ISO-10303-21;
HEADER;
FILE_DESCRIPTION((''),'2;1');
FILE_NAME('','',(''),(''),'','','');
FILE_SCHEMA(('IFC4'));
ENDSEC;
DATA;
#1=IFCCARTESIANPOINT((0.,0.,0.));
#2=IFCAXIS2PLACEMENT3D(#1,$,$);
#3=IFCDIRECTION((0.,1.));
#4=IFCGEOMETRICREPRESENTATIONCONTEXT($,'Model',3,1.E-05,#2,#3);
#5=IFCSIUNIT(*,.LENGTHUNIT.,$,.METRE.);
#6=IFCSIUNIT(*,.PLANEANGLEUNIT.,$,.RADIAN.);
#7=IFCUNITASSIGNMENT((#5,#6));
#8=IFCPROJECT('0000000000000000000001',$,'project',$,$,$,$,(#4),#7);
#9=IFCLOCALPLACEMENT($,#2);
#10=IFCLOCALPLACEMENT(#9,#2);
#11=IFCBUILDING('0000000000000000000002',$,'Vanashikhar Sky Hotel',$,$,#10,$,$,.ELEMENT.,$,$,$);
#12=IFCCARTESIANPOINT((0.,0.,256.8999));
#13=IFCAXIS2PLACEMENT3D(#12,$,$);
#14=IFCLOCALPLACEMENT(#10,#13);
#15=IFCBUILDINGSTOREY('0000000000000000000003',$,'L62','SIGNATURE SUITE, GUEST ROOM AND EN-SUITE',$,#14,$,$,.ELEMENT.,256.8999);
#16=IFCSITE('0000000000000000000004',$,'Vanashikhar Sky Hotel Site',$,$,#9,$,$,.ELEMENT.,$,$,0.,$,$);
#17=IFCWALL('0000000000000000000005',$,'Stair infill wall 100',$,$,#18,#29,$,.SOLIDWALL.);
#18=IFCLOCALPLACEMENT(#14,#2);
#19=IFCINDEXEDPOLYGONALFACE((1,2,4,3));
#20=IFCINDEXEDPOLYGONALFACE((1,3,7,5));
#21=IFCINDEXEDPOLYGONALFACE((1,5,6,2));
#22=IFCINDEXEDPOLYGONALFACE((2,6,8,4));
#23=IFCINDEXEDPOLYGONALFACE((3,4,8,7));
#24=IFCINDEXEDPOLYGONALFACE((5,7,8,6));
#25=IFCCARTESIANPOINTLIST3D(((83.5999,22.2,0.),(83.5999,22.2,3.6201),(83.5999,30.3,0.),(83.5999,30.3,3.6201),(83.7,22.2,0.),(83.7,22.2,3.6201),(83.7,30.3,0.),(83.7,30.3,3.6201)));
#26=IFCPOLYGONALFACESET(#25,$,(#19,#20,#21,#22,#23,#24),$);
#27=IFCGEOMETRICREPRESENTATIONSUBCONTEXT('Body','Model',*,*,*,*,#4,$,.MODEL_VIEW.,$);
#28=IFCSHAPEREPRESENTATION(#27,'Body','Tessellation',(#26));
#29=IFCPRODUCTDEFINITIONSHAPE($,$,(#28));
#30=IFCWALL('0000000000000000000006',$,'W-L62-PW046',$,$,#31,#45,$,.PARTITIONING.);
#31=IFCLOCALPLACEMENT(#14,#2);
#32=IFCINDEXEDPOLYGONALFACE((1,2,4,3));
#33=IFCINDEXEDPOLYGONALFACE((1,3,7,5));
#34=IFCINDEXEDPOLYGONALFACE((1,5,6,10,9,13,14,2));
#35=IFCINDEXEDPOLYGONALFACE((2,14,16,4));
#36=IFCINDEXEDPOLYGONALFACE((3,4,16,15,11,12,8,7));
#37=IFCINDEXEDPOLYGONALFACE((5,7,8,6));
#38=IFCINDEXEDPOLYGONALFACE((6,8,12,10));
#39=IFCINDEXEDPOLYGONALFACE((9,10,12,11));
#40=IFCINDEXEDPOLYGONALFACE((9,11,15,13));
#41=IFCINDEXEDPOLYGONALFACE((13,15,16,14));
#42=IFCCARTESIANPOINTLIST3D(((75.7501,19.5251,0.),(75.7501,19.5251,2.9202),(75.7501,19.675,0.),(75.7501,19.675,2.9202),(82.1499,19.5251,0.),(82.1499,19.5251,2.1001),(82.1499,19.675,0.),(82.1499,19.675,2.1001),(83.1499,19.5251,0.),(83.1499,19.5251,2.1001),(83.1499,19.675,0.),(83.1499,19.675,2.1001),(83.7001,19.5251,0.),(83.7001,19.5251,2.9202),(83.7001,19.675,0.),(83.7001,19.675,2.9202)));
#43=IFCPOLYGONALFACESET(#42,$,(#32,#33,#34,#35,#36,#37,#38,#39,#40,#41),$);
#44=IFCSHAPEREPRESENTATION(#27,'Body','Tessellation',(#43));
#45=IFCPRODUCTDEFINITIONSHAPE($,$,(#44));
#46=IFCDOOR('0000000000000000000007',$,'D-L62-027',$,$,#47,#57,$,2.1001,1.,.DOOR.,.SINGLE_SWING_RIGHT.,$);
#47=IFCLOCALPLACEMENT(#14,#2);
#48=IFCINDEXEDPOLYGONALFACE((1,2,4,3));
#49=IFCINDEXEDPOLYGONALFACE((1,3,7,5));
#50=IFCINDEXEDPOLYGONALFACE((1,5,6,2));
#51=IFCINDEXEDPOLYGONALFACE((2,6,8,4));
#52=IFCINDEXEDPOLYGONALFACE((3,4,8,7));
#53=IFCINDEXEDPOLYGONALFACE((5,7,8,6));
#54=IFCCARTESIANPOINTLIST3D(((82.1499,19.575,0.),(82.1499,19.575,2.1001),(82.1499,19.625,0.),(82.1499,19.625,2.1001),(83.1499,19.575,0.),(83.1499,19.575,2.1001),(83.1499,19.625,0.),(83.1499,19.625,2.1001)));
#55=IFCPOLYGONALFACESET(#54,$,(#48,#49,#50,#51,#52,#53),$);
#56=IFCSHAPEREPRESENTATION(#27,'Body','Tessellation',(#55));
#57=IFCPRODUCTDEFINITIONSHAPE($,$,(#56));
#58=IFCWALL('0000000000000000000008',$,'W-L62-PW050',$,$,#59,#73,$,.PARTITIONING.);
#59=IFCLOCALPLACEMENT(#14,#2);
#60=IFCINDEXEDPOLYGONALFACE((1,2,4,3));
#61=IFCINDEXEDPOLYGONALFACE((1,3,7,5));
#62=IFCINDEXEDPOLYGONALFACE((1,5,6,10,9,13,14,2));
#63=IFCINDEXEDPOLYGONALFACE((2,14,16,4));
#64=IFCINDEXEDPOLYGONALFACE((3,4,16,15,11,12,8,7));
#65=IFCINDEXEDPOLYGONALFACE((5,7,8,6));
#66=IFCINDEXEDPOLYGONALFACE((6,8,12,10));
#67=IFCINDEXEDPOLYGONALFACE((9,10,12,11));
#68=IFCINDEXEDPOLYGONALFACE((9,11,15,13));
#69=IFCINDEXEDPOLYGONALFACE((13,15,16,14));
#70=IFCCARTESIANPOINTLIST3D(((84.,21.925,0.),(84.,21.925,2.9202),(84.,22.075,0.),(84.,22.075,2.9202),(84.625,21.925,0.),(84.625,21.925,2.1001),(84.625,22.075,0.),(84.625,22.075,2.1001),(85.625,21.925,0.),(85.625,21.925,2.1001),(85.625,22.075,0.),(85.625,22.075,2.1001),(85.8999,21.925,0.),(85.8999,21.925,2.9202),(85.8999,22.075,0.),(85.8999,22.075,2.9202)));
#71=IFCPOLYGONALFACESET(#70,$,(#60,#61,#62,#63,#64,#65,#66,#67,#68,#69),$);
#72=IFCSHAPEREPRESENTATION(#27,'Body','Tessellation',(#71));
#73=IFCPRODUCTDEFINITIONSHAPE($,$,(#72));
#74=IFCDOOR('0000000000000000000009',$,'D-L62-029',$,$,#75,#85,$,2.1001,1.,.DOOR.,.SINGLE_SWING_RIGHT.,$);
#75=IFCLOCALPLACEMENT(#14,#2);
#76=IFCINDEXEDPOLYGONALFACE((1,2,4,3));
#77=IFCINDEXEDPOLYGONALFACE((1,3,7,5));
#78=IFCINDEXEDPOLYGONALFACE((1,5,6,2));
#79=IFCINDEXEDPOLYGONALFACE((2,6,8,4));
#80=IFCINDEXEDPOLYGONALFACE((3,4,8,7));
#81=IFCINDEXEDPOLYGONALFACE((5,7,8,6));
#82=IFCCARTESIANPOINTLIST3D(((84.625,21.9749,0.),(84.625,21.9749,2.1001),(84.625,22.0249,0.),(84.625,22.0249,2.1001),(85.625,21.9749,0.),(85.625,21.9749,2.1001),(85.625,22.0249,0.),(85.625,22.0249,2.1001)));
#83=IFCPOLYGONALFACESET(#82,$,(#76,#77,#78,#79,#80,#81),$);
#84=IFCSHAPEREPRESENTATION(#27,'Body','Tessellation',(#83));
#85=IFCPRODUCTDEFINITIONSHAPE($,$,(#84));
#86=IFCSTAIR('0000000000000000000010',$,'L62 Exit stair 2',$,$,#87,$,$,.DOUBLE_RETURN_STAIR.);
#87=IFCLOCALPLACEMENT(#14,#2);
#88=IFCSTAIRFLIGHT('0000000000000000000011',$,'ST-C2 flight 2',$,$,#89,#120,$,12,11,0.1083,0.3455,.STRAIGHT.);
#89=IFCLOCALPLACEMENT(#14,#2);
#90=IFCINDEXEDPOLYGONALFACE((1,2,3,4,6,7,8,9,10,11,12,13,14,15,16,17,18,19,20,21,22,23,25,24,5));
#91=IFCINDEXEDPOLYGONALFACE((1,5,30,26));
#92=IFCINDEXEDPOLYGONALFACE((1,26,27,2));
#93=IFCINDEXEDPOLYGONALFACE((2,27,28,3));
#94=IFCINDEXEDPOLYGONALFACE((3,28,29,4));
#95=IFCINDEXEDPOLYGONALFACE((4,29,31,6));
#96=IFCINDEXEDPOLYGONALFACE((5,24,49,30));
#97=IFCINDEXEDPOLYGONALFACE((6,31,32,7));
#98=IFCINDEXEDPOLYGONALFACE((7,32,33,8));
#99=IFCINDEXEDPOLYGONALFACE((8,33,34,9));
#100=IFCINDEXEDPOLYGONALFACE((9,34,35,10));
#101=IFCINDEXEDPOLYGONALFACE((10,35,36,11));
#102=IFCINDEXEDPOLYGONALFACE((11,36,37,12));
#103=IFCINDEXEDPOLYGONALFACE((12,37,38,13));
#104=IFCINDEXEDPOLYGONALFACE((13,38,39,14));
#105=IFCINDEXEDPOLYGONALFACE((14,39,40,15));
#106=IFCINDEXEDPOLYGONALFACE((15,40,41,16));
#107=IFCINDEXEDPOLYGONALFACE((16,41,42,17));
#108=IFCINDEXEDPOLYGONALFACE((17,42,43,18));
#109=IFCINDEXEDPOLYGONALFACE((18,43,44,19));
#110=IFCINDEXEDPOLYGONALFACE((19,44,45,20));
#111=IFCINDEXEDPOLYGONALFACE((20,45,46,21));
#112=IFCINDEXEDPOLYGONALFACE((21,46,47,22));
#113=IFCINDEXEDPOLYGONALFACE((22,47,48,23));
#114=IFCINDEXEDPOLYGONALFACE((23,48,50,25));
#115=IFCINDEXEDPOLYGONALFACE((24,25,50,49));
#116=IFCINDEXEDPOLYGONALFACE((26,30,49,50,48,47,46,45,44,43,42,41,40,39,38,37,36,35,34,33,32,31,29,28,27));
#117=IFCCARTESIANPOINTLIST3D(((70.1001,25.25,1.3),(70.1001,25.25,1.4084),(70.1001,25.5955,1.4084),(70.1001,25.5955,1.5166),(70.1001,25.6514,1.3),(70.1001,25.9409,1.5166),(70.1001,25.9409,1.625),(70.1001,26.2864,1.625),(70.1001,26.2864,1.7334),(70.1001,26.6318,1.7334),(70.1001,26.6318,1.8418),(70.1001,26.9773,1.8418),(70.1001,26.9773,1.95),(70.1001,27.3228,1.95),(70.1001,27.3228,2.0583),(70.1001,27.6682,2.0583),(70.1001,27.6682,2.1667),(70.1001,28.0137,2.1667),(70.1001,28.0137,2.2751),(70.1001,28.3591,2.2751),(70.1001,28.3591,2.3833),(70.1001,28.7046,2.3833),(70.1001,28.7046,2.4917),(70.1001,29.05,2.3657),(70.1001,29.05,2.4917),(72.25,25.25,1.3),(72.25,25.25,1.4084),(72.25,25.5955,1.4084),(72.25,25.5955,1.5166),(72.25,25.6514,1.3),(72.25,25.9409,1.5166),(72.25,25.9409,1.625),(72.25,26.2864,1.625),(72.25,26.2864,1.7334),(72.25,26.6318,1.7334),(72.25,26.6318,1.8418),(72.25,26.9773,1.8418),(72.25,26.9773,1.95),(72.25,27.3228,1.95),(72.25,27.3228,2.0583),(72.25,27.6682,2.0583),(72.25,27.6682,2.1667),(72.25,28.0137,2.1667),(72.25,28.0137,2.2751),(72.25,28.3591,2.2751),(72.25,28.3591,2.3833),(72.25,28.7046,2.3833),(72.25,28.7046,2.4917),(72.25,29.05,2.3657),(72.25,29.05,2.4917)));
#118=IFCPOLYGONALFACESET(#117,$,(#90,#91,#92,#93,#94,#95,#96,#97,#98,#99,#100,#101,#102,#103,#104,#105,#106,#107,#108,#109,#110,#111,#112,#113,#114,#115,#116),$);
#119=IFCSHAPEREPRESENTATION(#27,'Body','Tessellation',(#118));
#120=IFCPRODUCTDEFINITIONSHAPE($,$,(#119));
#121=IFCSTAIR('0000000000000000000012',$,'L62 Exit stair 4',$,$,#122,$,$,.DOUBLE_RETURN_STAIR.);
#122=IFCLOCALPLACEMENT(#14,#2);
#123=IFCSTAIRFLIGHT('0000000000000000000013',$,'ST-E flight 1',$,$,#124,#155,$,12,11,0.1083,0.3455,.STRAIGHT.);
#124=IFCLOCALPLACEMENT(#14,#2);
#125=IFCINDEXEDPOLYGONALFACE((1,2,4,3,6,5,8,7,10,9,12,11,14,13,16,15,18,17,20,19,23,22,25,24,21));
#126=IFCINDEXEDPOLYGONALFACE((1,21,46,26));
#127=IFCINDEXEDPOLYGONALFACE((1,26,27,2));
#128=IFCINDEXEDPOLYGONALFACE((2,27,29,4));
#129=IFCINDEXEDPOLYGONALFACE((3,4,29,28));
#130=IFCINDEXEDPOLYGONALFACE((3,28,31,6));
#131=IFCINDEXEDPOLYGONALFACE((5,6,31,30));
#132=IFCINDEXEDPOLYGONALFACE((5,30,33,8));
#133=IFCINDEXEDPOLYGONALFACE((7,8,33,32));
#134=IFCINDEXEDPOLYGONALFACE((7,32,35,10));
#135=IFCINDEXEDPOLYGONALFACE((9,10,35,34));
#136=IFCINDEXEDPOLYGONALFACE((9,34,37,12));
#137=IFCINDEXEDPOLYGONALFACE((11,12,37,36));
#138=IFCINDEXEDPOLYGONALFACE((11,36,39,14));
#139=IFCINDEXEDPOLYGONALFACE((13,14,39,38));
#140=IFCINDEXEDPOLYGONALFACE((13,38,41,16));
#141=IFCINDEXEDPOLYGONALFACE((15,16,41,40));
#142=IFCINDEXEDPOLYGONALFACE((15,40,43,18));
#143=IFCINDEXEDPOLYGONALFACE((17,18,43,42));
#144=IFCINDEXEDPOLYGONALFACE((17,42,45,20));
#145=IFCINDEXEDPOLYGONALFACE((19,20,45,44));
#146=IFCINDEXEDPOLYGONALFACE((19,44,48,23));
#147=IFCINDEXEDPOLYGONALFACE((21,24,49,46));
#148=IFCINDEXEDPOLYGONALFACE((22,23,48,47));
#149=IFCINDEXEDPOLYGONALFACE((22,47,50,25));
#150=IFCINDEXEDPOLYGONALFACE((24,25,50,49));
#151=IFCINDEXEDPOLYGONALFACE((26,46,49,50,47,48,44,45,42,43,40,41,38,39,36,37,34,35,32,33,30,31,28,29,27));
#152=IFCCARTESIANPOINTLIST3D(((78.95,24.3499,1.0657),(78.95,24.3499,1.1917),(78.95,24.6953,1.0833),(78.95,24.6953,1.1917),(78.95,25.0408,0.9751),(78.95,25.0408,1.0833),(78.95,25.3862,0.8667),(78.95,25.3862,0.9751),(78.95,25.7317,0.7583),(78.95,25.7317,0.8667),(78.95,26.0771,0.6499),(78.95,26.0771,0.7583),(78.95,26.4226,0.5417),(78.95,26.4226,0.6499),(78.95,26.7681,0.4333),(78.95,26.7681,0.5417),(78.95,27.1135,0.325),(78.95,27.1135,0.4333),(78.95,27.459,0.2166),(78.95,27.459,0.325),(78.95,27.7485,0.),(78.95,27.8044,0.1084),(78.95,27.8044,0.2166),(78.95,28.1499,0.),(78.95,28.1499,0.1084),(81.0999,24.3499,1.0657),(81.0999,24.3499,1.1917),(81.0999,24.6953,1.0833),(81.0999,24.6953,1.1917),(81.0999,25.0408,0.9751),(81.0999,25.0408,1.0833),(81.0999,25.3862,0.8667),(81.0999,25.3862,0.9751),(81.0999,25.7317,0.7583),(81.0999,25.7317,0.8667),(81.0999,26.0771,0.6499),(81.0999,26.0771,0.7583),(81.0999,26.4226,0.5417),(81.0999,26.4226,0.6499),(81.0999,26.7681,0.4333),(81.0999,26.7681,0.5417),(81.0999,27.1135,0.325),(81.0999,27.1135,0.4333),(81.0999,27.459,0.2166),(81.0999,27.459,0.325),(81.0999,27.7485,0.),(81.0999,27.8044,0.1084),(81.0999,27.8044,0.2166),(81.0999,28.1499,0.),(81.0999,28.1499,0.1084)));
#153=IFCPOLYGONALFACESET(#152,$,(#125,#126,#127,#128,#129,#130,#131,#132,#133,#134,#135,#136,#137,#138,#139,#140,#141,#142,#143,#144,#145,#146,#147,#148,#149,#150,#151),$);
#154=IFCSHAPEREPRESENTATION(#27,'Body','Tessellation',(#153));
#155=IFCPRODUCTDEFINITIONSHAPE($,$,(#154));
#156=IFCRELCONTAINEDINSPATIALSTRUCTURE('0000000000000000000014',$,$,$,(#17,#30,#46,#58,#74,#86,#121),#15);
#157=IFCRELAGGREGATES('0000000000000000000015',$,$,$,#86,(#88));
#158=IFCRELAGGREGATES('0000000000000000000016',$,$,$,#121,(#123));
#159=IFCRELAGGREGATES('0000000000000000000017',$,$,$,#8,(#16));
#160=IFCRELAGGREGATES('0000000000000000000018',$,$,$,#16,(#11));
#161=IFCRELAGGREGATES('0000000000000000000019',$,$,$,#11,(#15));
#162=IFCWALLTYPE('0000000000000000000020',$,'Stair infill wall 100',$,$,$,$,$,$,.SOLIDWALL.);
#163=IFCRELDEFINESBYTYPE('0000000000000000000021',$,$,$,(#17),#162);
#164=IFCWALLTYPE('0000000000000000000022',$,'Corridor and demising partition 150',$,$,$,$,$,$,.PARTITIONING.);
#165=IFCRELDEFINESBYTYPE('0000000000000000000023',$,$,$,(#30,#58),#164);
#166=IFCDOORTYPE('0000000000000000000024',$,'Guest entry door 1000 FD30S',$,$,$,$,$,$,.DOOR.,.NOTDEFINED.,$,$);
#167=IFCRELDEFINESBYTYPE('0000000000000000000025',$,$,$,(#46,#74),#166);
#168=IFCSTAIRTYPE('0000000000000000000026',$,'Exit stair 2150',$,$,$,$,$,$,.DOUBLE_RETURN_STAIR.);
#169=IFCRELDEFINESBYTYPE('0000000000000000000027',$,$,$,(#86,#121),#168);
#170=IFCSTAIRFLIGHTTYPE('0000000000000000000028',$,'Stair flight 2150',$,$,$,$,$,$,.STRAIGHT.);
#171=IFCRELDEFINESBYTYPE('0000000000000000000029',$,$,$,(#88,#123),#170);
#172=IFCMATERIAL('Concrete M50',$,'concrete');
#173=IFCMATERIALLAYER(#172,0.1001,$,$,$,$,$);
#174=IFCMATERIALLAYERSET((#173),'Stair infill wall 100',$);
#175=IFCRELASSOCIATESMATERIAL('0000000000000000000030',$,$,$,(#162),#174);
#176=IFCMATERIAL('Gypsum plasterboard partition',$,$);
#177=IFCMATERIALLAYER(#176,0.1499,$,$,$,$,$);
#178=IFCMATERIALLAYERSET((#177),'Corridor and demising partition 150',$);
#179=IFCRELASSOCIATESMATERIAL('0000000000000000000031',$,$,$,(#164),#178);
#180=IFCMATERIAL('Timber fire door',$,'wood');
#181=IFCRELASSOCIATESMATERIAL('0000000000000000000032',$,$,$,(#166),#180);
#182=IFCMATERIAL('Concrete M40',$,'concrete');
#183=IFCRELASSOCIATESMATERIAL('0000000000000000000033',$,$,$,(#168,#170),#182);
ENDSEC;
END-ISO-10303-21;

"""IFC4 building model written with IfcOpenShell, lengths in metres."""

from ifc_helpers import new_model, si_unit, direction, frame, frame_2d, origin, place, context, subcontext, project, spatial, polyline, rectangle, outline, extrude, source, transform, mapped, material, layer, layer_set, type_object, element, fill, aggregate, save


model = new_model("IFC4")

# Units and contexts
model_context = context("Model", 3, precision=1e-05, world=origin(), true_north=direction((0.0, 1.0)))
body_context = subcontext(model_context, "Body", "Model", "MODEL_VIEW")
ifc_project = project(units=[si_unit("LENGTHUNIT", "METRE"), si_unit("PLANEANGLEUNIT", "RADIAN")], contexts=[model_context])

# Site, building, storey
site_placement = place(None, origin())
site = spatial("IfcSite", under=ifc_project, at=site_placement, Name="Vanashikhar Sky Hotel Site", CompositionType="ELEMENT", RefElevation=0.0)
building_placement = place(site_placement, origin())
building = spatial("IfcBuilding", under=site, at=building_placement, Name="Vanashikhar Sky Hotel", CompositionType="ELEMENT")
storey_placement = place(building_placement, frame((0.0, 0.0, 256.8999)))
storey = spatial("IfcBuildingStorey", under=building, at=storey_placement, Name="L62", Description="SIGNATURE SUITE, GUEST ROOM AND EN-SUITE", CompositionType="ELEMENT", Elevation=256.8999)

# Shared definitions
ifc_material_1 = material(Name="Concrete M50", Category="concrete")

# Wall
ifc_layer_1 = layer(ifc_material_1, 0.1001)
ifc_layer_set_1 = layer_set([ifc_layer_1], Name="Stair infill wall 100")
wall_type_1 = type_object("IfcWallType", Name="Stair infill wall 100", PredefinedType="SOLIDWALL", material=ifc_layer_set_1)
shared_shape_1 = source(origin(), body_context, "Body", "SweptSolid", [
    extrude(rectangle(XDim=8.1001, YDim=0.1001, at=frame_2d((4.05, 0.0))), origin(), (0.0, 0.0, 1.0), 3.6201),
])
wall_1_placement = place(storey_placement, frame((83.6499, 22.2, 0.0), z_axis=(0.0, 0.0, 1.0), x_axis=(0.0, 1.0, 0.0)))
element("IfcWall", 1, at=wall_1_placement, inside=storey, type_object=wall_type_1, Name="Stair infill wall 100", PredefinedType="SOLIDWALL", context=body_context, shape_type="MappedRepresentation", body=[
    mapped(shared_shape_1, transform((0.0, 0.0, 0.0), scale=1.0)),
])

# Walls, openings, doors
ifc_material_2 = material(Name="Gypsum plasterboard partition")
ifc_layer_2 = layer(ifc_material_2, 0.1499)
ifc_layer_set_2 = layer_set([ifc_layer_2], Name="Corridor and demising partition 150")
wall_type_2 = type_object("IfcWallType", Name="Corridor and demising partition 150", PredefinedType="PARTITIONING", material=ifc_layer_set_2)
shared_shape_2 = source(origin(), body_context, "Body", "SweptSolid", [
    extrude(rectangle(XDim=7.95, YDim=0.1499, at=frame_2d((3.9751, 0.0))), origin(), (0.0, 0.0, 1.0), 2.9202),
])
wall_2_placement = place(storey_placement, frame((75.75, 19.6001, 0.0), z_axis=(0.0, 0.0, 1.0), x_axis=(1.0, 0.0, 0.0)))
wall_2 = element("IfcWall", 2, at=wall_2_placement, inside=storey, type_object=wall_type_2, Name="W-L62-PW046", PredefinedType="PARTITIONING", context=body_context, shape_type="MappedRepresentation", body=[
    mapped(shared_shape_2, transform((0.0, 0.0, 0.0), scale=1.0)),
])
shared_shape_3 = source(origin(), body_context, "Body", "SweptSolid", [
    extrude(rectangle(XDim=1.0, YDim=2.1001, at=frame_2d((0.5, 1.05))), frame((0.0, 0.085, 0.0), z_axis=(0.0, -1.0, 0.0), x_axis=(1.0, 0.0, 0.0)), (0.0, 0.0, 1.0), 0.1699),
])
opening_1_placement = place(wall_2_placement, frame((6.3999, 0.0, 0.0)))
opening_1 = element("IfcOpeningElement", 3, at=opening_1_placement, cuts=wall_2, PredefinedType="OPENING", context=body_context, shape_type="MappedRepresentation", body=[
    mapped(shared_shape_3, transform((0.0, 0.0, 0.0), scale=1.0)),
])
ifc_material_3 = material(Name="Timber fire door", Category="wood")
door_type_1 = type_object("IfcDoorType", Name="Guest entry door 1000 FD30S", OperationType="NOTDEFINED", PredefinedType="DOOR", material=ifc_material_3)
shared_shape_4 = source(origin(), body_context, "Body", "SweptSolid", [
    extrude(rectangle(XDim=1.0, YDim=2.1001, at=frame_2d((0.5, 1.05))), frame((0.0, 0.0249, 0.0), z_axis=(0.0, -1.0, 0.0), x_axis=(1.0, 0.0, 0.0)), (0.0, 0.0, 1.0), 0.05),
])
door_1_placement = place(opening_1_placement, origin())
door_1 = element("IfcDoor", 4, at=door_1_placement, inside=storey, type_object=door_type_1, Name="D-L62-027", OperationType="SINGLE_SWING_RIGHT", OverallHeight=2.1001, OverallWidth=1.0, PredefinedType="DOOR", context=body_context, shape_type="MappedRepresentation", body=[
    mapped(shared_shape_4, transform((0.0, 0.0, 0.0), scale=1.0)),
])
fill(opening_1, door_1)
shared_shape_5 = source(origin(), body_context, "Body", "SweptSolid", [
    extrude(rectangle(XDim=1.8999, YDim=0.1499, at=frame_2d((0.95, 0.0))), origin(), (0.0, 0.0, 1.0), 2.9202),
])
wall_3_placement = place(storey_placement, frame((84.0, 22.0, 0.0), z_axis=(0.0, 0.0, 1.0), x_axis=(1.0, 0.0, 0.0)))
wall_3 = element("IfcWall", 5, at=wall_3_placement, inside=storey, type_object=wall_type_2, Name="W-L62-PW050", PredefinedType="PARTITIONING", context=body_context, shape_type="MappedRepresentation", body=[
    mapped(shared_shape_5, transform((0.0, 0.0, 0.0), scale=1.0)),
])
opening_2_placement = place(wall_3_placement, frame((0.625, 0.0, 0.0)))
opening_2 = element("IfcOpeningElement", 6, at=opening_2_placement, cuts=wall_3, PredefinedType="OPENING", context=body_context, shape_type="MappedRepresentation", body=[
    mapped(shared_shape_3, transform((0.0, 0.0, 0.0), scale=1.0)),
])
door_2_placement = place(opening_2_placement, origin())
door_2 = element("IfcDoor", 7, at=door_2_placement, inside=storey, type_object=door_type_1, Name="D-L62-029", OperationType="SINGLE_SWING_RIGHT", OverallHeight=2.1001, OverallWidth=1.0, PredefinedType="DOOR", context=body_context, shape_type="MappedRepresentation", body=[
    mapped(shared_shape_4, transform((0.0, 0.0, 0.0), scale=1.0)),
])
fill(opening_2, door_2)

# Stair, stair flight
ifc_material_4 = material(Name="Concrete M40", Category="concrete")
stair_type = type_object("IfcStairType", Name="Exit stair 2150", PredefinedType="DOUBLE_RETURN_STAIR", material=ifc_material_4)
stair_1_placement = place(storey_placement, origin())
stair_1 = element("IfcStair", 8, at=stair_1_placement, inside=storey, type_object=stair_type, Name="L62 Exit stair 2", PredefinedType="DOUBLE_RETURN_STAIR")
stair_flight_type = type_object("IfcStairFlightType", Name="Stair flight 2150", PredefinedType="STRAIGHT", material=ifc_material_4)
shared_shape_6 = source(origin(), body_context, "Body", "SweptSolid", [
    extrude(outline(polyline([(0.0, 0.0), (0.0, 0.1084), (0.3455, 0.1084), (0.3455, 0.2166), (0.6909, 0.2166), (0.6909, 0.325), (1.0364, 0.325), (1.0364, 0.4333), (1.3818, 0.4333), (1.3818, 0.5417), (1.7273, 0.5417), (1.7273, 0.6499), (2.0728, 0.6499), (2.0728, 0.7583), (2.4182, 0.7583), (2.4182, 0.8667), (2.7637, 0.8667), (2.7637, 0.9751), (3.1091, 0.9751), (3.1091, 1.0833), (3.4546, 1.0833), (3.4546, 1.1917), (3.8, 1.1917), (3.8, 1.3), (3.8, 1.0657), (0.4014, 0.0), (0.0, 0.0)])), frame((0.0, 1.075, 0.0), z_axis=(0.0, -1.0, 0.0), x_axis=(1.0, 0.0, 0.0)), (0.0, 0.0, 1.0), 2.1499),
])
stair_flight_1_placement = place(storey_placement, frame((71.175, 25.25, 1.3), z_axis=(0.0, 0.0, 1.0), x_axis=(0.0, 1.0, 0.0)))
stair_flight_1 = element("IfcStairFlight", 9, at=stair_flight_1_placement, type_object=stair_flight_type, Name="ST-C2 flight 2", NumberOfRisers=12, NumberOfTreads=11, PredefinedType="STRAIGHT", RiserHeight=0.1083, TreadLength=0.3455, context=body_context, shape_type="MappedRepresentation", body=[
    mapped(shared_shape_6, transform((0.0, 0.0, 0.0), scale=1.0)),
])
aggregate(stair_1, [stair_flight_1])

# Stair, stair flight
stair_2_placement = place(storey_placement, origin())
stair_2 = element("IfcStair", 10, at=stair_2_placement, inside=storey, type_object=stair_type, Name="L62 Exit stair 4", PredefinedType="DOUBLE_RETURN_STAIR")
stair_flight_2_placement = place(storey_placement, frame((80.0249, 28.1499, 0.0), z_axis=(0.0, 0.0, 1.0), x_axis=(0.0, -1.0, 0.0)))
stair_flight_2 = element("IfcStairFlight", 11, at=stair_flight_2_placement, type_object=stair_flight_type, Name="ST-E flight 1", NumberOfRisers=12, NumberOfTreads=11, PredefinedType="STRAIGHT", RiserHeight=0.1083, TreadLength=0.3455, context=body_context, shape_type="MappedRepresentation", body=[
    mapped(shared_shape_6, transform((0.0, 0.0, 0.0), scale=1.0)),
])
aggregate(stair_2, [stair_flight_2])

save(model, "model.ifc")
